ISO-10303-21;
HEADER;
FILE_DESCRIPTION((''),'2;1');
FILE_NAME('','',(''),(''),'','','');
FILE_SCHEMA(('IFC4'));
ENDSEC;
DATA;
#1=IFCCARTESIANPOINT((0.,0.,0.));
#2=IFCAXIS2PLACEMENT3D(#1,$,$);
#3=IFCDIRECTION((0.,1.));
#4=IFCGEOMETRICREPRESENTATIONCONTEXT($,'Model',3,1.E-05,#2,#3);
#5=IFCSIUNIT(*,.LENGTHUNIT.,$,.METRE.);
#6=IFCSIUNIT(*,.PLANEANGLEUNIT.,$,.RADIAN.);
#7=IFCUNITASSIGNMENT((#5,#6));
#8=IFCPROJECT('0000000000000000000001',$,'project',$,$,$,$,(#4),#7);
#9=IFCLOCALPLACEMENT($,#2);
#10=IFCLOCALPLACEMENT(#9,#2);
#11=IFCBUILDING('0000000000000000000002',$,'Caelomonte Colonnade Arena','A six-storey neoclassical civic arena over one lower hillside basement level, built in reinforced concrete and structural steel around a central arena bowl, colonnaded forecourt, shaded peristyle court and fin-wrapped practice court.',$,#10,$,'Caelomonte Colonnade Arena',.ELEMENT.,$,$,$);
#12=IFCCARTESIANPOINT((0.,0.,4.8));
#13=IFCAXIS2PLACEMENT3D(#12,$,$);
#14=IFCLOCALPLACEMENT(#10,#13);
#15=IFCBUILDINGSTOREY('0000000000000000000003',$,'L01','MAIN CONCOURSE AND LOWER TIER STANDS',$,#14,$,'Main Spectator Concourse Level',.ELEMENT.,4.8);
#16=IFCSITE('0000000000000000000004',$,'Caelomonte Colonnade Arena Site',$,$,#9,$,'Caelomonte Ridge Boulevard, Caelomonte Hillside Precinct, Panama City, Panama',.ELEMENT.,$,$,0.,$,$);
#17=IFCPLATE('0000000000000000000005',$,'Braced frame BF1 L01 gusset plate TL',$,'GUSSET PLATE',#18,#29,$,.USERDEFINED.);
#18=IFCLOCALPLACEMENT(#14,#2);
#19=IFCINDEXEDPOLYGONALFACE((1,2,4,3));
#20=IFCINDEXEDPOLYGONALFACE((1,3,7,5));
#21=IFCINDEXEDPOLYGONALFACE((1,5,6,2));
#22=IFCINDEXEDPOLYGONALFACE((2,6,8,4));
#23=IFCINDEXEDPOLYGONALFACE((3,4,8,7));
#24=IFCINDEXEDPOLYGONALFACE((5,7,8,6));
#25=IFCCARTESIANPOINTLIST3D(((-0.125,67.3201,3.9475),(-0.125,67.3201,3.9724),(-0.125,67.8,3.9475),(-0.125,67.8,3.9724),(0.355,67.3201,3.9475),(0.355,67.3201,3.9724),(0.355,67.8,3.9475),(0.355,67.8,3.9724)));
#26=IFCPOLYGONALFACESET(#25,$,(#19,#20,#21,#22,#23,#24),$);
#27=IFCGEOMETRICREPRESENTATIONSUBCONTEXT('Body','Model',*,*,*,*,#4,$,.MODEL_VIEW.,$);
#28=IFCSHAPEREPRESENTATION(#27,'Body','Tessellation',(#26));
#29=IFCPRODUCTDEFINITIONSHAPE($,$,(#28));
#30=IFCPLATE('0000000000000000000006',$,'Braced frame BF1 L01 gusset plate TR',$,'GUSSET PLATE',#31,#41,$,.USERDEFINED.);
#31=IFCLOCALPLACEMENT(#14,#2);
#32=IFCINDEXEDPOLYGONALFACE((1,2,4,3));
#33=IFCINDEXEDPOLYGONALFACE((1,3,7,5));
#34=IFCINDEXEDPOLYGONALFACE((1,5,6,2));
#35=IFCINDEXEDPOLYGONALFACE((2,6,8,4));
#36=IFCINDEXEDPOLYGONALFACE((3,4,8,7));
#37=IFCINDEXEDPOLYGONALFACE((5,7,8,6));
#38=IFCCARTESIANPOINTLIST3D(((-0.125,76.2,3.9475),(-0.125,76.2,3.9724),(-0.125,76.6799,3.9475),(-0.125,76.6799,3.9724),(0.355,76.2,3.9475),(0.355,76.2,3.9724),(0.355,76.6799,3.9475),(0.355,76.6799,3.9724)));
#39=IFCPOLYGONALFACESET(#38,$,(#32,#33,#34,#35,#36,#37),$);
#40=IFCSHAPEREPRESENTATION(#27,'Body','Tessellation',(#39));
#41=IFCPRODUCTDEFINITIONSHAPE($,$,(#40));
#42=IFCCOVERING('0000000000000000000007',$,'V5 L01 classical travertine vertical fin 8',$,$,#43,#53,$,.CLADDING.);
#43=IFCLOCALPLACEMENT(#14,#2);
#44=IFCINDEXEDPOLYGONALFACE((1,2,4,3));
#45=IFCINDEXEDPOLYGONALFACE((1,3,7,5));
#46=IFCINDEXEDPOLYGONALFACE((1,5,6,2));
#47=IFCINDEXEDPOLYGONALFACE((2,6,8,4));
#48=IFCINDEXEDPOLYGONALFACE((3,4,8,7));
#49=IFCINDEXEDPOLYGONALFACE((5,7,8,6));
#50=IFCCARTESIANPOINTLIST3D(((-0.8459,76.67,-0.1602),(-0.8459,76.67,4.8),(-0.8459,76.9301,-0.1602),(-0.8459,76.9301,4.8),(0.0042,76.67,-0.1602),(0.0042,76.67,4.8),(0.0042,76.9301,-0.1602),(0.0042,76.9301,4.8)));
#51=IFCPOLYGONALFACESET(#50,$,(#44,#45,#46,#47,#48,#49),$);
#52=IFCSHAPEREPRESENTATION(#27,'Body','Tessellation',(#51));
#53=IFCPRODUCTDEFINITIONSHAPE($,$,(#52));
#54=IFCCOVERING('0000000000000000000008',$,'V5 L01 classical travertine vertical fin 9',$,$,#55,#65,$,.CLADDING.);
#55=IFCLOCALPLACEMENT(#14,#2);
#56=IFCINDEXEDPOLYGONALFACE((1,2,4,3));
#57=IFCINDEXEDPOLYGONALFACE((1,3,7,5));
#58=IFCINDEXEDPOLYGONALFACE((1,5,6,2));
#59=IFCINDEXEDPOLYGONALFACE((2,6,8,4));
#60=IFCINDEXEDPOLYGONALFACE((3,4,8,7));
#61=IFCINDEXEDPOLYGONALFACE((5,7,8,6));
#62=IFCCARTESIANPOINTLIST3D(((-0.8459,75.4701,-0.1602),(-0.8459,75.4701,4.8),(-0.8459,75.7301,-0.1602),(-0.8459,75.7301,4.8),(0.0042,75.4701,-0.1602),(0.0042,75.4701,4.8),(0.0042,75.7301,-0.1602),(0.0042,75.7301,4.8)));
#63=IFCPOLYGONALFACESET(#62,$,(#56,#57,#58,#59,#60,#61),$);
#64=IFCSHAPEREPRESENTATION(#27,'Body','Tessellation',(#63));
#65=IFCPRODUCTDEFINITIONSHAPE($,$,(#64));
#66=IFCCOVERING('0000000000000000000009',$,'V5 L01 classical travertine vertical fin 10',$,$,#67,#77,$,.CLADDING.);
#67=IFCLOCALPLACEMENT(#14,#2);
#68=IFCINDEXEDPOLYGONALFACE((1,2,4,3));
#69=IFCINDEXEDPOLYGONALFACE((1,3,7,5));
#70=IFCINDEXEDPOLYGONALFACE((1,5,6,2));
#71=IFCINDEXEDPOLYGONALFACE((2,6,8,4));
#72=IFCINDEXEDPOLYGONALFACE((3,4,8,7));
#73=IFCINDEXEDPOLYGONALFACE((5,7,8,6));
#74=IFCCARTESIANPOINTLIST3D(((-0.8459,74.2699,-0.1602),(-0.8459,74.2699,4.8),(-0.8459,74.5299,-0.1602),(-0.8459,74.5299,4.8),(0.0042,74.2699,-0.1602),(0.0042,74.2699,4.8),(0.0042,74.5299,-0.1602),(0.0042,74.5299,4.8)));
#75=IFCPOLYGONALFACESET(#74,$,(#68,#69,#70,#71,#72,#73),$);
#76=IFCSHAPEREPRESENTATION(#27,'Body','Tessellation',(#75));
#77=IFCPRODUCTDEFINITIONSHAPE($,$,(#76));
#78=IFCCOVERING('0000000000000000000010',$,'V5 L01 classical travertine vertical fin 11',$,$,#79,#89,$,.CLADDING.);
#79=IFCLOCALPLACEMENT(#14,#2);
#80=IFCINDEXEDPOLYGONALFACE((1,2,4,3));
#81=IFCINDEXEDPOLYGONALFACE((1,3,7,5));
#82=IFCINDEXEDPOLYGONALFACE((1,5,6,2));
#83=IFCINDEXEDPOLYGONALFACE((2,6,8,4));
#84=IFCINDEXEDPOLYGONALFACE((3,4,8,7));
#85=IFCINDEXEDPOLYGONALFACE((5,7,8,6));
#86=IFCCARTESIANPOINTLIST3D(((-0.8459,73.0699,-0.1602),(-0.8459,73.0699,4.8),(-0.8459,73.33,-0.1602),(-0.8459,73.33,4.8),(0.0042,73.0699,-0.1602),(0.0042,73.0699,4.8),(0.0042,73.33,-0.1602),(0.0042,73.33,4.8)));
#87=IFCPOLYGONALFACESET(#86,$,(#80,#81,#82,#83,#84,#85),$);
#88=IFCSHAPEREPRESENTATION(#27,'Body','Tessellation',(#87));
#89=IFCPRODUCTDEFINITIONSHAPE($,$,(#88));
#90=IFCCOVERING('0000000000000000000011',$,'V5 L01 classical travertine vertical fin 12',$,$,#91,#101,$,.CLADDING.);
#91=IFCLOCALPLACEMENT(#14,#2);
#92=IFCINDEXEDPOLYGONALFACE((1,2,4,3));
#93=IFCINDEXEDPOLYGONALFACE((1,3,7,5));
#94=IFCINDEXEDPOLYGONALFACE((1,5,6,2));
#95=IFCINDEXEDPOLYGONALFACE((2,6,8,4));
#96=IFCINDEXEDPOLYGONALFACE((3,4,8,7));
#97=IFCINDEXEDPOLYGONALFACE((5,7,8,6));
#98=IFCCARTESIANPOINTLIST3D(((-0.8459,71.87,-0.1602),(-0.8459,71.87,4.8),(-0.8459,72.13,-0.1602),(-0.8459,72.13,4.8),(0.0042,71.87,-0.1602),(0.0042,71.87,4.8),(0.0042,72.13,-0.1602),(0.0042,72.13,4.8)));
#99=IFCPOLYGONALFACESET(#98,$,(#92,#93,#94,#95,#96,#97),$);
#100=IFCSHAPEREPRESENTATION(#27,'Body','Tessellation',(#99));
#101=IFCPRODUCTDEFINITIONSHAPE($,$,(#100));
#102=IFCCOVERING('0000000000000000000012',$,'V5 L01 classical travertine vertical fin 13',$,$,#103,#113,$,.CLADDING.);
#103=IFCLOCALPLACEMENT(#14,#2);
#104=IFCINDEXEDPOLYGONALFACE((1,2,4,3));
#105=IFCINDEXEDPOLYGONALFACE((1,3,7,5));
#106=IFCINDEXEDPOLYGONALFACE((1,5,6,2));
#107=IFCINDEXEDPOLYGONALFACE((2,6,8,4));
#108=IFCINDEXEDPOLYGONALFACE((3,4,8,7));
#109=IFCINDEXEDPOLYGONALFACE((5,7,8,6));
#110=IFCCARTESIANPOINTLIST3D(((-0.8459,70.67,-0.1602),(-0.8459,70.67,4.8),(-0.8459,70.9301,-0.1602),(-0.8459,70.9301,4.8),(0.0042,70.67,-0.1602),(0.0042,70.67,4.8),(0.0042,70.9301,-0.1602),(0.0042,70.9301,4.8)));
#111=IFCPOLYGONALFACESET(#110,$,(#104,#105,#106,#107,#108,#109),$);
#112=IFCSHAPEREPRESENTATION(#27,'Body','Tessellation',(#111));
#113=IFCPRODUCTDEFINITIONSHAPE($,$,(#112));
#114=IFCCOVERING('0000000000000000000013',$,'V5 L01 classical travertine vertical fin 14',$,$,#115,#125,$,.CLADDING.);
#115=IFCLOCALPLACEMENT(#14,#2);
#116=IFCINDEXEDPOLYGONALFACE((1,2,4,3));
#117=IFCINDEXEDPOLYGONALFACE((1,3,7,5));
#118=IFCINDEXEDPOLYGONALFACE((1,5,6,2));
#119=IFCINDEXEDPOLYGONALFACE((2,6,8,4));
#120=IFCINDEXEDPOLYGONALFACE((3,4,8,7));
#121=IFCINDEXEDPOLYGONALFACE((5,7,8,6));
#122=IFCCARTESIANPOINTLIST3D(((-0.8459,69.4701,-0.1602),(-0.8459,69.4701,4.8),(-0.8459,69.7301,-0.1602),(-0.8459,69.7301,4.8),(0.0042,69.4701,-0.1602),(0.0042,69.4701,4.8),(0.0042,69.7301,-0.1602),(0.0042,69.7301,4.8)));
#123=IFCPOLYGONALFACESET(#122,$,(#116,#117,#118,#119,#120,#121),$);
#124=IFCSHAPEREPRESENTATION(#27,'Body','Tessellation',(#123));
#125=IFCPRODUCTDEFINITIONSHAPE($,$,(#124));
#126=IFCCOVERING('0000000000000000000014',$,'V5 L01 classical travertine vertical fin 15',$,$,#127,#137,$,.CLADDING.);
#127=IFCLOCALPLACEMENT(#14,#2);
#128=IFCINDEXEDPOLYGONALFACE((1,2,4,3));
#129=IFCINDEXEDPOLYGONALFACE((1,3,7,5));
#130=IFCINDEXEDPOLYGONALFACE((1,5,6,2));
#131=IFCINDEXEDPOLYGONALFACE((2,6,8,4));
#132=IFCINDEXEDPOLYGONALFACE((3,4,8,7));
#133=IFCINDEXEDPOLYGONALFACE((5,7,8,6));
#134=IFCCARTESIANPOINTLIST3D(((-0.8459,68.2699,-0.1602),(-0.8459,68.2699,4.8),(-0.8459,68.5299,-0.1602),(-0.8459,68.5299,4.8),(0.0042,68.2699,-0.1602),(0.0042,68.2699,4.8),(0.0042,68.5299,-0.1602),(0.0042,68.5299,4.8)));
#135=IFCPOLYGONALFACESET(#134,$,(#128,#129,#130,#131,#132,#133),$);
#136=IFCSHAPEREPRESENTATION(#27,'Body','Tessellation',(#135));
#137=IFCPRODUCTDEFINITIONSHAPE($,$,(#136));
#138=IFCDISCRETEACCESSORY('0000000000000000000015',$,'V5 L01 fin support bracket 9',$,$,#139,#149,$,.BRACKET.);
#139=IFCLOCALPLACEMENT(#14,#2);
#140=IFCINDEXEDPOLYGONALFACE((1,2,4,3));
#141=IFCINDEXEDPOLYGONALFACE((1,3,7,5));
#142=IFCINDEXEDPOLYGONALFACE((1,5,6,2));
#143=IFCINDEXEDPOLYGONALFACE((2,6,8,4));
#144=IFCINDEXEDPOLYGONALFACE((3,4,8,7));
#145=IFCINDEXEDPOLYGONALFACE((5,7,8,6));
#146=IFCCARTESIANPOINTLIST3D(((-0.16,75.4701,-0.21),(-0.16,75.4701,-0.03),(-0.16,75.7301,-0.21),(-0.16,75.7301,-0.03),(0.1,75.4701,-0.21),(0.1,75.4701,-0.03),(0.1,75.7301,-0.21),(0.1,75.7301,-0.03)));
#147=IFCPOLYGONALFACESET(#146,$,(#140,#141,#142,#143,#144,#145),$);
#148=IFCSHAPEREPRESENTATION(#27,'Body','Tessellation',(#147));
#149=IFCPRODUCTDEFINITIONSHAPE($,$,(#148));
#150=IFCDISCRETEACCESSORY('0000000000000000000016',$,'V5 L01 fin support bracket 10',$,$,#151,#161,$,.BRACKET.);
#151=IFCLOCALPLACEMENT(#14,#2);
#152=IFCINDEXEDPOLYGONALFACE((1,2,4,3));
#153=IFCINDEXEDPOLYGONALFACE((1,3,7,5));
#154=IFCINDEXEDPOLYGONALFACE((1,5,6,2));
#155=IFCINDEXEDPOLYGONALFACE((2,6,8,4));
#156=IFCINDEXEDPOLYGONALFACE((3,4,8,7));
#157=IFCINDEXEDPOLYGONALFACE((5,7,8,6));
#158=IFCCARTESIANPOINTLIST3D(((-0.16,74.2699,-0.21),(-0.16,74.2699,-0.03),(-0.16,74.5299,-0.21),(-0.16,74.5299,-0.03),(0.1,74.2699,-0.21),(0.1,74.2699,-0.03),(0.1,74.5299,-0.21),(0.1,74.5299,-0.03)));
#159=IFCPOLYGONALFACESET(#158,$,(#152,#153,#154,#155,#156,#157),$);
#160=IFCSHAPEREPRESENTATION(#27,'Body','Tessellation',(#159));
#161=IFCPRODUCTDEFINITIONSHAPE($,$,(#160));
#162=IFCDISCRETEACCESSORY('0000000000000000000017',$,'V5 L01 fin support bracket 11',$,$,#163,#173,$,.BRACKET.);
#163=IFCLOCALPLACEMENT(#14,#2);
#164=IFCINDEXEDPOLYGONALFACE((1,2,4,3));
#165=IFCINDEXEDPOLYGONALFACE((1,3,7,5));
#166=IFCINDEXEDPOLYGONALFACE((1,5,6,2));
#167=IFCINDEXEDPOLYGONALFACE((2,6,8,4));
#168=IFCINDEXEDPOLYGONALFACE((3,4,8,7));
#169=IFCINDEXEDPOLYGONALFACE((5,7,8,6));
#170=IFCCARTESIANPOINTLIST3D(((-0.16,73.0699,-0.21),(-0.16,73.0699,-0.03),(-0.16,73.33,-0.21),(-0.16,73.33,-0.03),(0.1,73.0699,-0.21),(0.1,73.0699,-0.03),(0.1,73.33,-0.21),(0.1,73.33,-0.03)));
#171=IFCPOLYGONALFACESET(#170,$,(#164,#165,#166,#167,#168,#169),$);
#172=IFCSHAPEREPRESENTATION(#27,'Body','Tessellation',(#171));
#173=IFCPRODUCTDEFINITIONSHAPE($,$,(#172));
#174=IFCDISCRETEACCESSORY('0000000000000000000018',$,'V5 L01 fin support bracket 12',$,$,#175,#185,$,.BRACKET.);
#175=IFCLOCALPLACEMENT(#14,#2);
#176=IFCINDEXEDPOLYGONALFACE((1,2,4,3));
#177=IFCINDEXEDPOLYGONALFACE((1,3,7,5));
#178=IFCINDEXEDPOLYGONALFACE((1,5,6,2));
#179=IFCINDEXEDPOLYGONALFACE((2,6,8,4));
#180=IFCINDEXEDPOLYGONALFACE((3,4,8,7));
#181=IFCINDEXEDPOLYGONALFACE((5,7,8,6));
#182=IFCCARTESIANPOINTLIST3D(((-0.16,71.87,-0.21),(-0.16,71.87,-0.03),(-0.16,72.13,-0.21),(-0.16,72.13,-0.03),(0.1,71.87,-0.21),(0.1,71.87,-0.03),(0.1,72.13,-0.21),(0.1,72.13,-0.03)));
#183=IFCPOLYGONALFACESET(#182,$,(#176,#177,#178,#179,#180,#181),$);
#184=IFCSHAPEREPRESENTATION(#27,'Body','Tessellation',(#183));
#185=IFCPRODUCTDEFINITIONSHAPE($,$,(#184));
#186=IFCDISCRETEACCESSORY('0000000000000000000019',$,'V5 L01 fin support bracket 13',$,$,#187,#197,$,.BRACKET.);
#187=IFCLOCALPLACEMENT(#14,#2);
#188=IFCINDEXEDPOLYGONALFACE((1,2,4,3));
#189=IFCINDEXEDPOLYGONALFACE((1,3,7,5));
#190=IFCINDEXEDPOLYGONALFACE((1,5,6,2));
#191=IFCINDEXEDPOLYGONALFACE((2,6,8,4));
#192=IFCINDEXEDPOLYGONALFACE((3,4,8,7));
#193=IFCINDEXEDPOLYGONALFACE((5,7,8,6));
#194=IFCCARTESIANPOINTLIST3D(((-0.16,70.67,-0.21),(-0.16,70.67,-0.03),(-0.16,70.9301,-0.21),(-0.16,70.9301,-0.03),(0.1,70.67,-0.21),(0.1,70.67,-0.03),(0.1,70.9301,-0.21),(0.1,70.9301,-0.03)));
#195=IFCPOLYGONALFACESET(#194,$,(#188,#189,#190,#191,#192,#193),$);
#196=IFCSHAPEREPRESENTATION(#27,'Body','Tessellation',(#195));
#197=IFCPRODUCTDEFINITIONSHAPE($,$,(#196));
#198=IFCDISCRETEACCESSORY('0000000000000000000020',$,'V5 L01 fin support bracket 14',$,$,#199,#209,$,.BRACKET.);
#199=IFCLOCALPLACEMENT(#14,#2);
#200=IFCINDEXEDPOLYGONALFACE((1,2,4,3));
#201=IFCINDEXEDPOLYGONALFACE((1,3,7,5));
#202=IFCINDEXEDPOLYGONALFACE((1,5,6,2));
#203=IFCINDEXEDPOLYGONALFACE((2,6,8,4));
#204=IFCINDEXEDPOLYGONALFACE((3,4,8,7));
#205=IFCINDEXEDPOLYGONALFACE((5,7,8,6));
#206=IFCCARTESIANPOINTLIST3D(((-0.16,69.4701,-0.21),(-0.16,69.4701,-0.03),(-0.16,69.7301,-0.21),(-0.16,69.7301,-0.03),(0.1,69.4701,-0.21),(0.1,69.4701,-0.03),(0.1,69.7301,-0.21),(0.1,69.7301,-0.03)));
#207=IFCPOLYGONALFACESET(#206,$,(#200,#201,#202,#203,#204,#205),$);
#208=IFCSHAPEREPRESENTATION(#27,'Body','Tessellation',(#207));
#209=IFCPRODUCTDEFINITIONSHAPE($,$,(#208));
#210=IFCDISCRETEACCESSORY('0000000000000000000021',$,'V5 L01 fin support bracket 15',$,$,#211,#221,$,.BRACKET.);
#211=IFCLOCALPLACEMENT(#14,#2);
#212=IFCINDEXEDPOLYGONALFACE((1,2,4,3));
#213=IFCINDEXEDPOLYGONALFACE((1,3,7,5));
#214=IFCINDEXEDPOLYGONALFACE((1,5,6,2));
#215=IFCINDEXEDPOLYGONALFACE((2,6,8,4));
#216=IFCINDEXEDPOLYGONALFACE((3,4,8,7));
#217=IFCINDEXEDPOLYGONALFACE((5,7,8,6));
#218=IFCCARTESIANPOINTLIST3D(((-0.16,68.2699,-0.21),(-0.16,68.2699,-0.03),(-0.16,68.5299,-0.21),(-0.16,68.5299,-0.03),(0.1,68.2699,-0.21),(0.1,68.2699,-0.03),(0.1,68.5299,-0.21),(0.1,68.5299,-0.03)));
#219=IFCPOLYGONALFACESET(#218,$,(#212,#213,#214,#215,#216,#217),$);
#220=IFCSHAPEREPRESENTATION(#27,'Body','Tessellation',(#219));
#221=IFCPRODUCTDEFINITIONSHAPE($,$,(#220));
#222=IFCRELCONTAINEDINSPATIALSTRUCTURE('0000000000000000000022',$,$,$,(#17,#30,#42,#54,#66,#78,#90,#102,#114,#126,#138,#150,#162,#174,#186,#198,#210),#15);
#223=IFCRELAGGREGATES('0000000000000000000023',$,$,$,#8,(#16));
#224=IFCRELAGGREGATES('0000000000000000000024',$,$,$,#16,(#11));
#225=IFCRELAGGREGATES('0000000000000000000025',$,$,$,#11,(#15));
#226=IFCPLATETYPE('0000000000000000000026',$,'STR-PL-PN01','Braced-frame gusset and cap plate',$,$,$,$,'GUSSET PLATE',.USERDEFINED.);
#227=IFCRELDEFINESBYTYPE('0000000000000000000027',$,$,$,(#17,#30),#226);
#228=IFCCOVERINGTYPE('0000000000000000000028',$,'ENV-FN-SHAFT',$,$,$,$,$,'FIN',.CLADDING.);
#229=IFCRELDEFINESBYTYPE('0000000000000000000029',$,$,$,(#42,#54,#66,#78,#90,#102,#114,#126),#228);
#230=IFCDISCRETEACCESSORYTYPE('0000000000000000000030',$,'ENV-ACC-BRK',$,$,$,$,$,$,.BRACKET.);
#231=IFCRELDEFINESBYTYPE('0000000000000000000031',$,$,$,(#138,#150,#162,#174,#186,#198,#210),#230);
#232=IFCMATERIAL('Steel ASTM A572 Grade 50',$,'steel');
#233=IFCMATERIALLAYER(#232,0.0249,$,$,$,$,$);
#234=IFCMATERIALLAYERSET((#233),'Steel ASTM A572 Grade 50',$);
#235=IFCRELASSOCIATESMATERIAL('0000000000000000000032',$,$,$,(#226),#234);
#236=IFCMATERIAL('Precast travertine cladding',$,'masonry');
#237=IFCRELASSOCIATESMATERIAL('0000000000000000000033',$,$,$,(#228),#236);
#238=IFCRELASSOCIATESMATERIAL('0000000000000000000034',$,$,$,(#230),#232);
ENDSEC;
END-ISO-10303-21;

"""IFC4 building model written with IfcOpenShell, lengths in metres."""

from ifc_helpers import new_model, si_unit, direction, frame, origin, origin_2d, place, context, subcontext, project, spatial, rectangle, extrude, material, layer, layer_set, material_profile, profile_set, type_object, element, save


model = new_model("IFC4")

# Units and contexts
model_context = context("Model", 3, precision=1e-05, world=origin(), true_north=direction((0.0, 1.0)))
body_context = subcontext(model_context, "Body", "Model", "MODEL_VIEW")
ifc_project = project(units=[si_unit("LENGTHUNIT", "METRE"), si_unit("PLANEANGLEUNIT", "RADIAN")], contexts=[model_context])

# Site, building, storey
site_placement = place(None, origin())
site = spatial("IfcSite", under=ifc_project, at=site_placement, Name="Caelomonte Colonnade Arena Site", LongName="Caelomonte Ridge Boulevard, Caelomonte Hillside Precinct, Panama City, Panama", CompositionType="ELEMENT", RefElevation=0.0)
building_placement = place(site_placement, origin())
building = spatial("IfcBuilding", under=site, at=building_placement, Name="Caelomonte Colonnade Arena", Description="A six-storey neoclassical civic arena over one lower hillside basement level, built in reinforced concrete and structural steel around a central arena bowl, colonnaded forecourt, shaded peristyle court and fin-wrapped practice court.", LongName="Caelomonte Colonnade Arena", CompositionType="ELEMENT")
storey_placement = place(building_placement, frame((0.0, 0.0, 4.8)))
storey = spatial("IfcBuildingStorey", under=building, at=storey_placement, Name="L01", Description="MAIN CONCOURSE AND LOWER TIER STANDS", LongName="Main Spectator Concourse Level", CompositionType="ELEMENT", Elevation=4.8)

# Plates
ifc_material_1 = material(Name="Steel ASTM A572 Grade 50", Category="steel")
ifc_layer = layer(ifc_material_1, 0.0249)
ifc_layer_set = layer_set([ifc_layer], Name="Steel ASTM A572 Grade 50")
plate_type = type_object("IfcPlateType", Name="STR-PL-PN01", Description="Braced-frame gusset and cap plate", ElementType="GUSSET PLATE", PredefinedType="USERDEFINED", material=ifc_layer_set)
for number, where, z_axis, x_axis, name in (
    (1, (0.115, 67.5601, 3.9475), (0.0, 0.0, 1.0), (1.0, 0.0, 0.0), "Braced frame BF1 L01 gusset plate TL"),
    (2, (0.115, 76.4399, 3.9475), (0.0, 0.0, 1.0), (1.0, 0.0, 0.0), "Braced frame BF1 L01 gusset plate TR"),
):
    element("IfcPlate", number, at=place(storey_placement, frame(where, z_axis=z_axis, x_axis=x_axis)), inside=storey, type_object=plate_type, Name=name, ObjectType="GUSSET PLATE", PredefinedType="USERDEFINED", context=body_context, shape_type="SweptSolid", body=[
        extrude(rectangle(XDim=0.48, YDim=0.48, at=origin_2d()), origin(), (0.0, 0.0, 1.0), 0.0249),
    ])

# Coverings
ifc_material_2 = material(Name="Precast travertine cladding", Category="masonry")
ifc_material_profile_1 = material_profile(ifc_material_2, rectangle(XDim=0.26, YDim=0.8501, at=origin_2d()), Name="FIN260X850")
ifc_profile_set_1 = profile_set([ifc_material_profile_1], Name="Precast travertine cladding")
covering_type = type_object("IfcCoveringType", Name="ENV-FN-SHAFT", ElementType="FIN", PredefinedType="CLADDING", material=ifc_profile_set_1)
for number, where, z_axis, x_axis, name in (
    (3, (-0.4209, 76.8, -0.1602), (0.0, 0.0, 1.0), (0.0, 1.0, 0.0), "V5 L01 classical travertine vertical fin 8"),
    (4, (-0.4209, 75.6001, -0.1602), (0.0, 0.0, 1.0), (0.0, 1.0, 0.0), "V5 L01 classical travertine vertical fin 9"),
    (5, (-0.4209, 74.3999, -0.1602), (0.0, 0.0, 1.0), (0.0, 1.0, 0.0), "V5 L01 classical travertine vertical fin 10"),
    (6, (-0.4209, 73.2, -0.1602), (0.0, 0.0, 1.0), (0.0, 1.0, 0.0), "V5 L01 classical travertine vertical fin 11"),
    (7, (-0.4209, 72.0, -0.1602), (0.0, 0.0, 1.0), (0.0, 1.0, 0.0), "V5 L01 classical travertine vertical fin 12"),
    (8, (-0.4209, 70.8, -0.1602), (0.0, 0.0, 1.0), (0.0, 1.0, 0.0), "V5 L01 classical travertine vertical fin 13"),
    (9, (-0.4209, 69.6001, -0.1602), (0.0, 0.0, 1.0), (0.0, 1.0, 0.0), "V5 L01 classical travertine vertical fin 14"),
    (10, (-0.4209, 68.3999, -0.1602), (0.0, 0.0, 1.0), (0.0, 1.0, 0.0), "V5 L01 classical travertine vertical fin 15"),
):
    element("IfcCovering", number, at=place(storey_placement, frame(where, z_axis=z_axis, x_axis=x_axis)), inside=storey, type_object=covering_type, Name=name, PredefinedType="CLADDING", context=body_context, shape_type="SweptSolid", body=[
        extrude(rectangle(XDim=0.26, YDim=0.8501, at=origin_2d()), origin(), (0.0, 0.0, 1.0), 4.9602),
    ])

# Discrete accessories
discrete_accessory_type = type_object("IfcDiscreteAccessoryType", Name="ENV-ACC-BRK", PredefinedType="BRACKET", material=ifc_material_1)
for number, where, z_axis, x_axis, name in (
    (11, (-0.03, 75.6001, -0.21), (0.0, 0.0, 1.0), (0.0, -1.0, 0.0), "V5 L01 fin support bracket 9"),
    (12, (-0.03, 74.3999, -0.21), (0.0, 0.0, 1.0), (0.0, -1.0, 0.0), "V5 L01 fin support bracket 10"),
    (13, (-0.03, 73.2, -0.21), (0.0, 0.0, 1.0), (0.0, -1.0, 0.0), "V5 L01 fin support bracket 11"),
    (14, (-0.03, 72.0, -0.21), (0.0, 0.0, 1.0), (0.0, -1.0, 0.0), "V5 L01 fin support bracket 12"),
    (15, (-0.03, 70.8, -0.21), (0.0, 0.0, 1.0), (0.0, -1.0, 0.0), "V5 L01 fin support bracket 13"),
    (16, (-0.03, 69.6001, -0.21), (0.0, 0.0, 1.0), (0.0, -1.0, 0.0), "V5 L01 fin support bracket 14"),
    (17, (-0.03, 68.3999, -0.21), (0.0, 0.0, 1.0), (0.0, -1.0, 0.0), "V5 L01 fin support bracket 15"),
):
    element("IfcDiscreteAccessory", number, at=place(storey_placement, frame(where, z_axis=z_axis, x_axis=x_axis)), inside=storey, type_object=discrete_accessory_type, Name=name, PredefinedType="BRACKET", context=body_context, shape_type="SweptSolid", body=[
        extrude(rectangle(XDim=0.26, YDim=0.26, at=origin_2d()), origin(), (0.0, 0.0, 1.0), 0.1799),
    ])

save(model, "model.ifc")
